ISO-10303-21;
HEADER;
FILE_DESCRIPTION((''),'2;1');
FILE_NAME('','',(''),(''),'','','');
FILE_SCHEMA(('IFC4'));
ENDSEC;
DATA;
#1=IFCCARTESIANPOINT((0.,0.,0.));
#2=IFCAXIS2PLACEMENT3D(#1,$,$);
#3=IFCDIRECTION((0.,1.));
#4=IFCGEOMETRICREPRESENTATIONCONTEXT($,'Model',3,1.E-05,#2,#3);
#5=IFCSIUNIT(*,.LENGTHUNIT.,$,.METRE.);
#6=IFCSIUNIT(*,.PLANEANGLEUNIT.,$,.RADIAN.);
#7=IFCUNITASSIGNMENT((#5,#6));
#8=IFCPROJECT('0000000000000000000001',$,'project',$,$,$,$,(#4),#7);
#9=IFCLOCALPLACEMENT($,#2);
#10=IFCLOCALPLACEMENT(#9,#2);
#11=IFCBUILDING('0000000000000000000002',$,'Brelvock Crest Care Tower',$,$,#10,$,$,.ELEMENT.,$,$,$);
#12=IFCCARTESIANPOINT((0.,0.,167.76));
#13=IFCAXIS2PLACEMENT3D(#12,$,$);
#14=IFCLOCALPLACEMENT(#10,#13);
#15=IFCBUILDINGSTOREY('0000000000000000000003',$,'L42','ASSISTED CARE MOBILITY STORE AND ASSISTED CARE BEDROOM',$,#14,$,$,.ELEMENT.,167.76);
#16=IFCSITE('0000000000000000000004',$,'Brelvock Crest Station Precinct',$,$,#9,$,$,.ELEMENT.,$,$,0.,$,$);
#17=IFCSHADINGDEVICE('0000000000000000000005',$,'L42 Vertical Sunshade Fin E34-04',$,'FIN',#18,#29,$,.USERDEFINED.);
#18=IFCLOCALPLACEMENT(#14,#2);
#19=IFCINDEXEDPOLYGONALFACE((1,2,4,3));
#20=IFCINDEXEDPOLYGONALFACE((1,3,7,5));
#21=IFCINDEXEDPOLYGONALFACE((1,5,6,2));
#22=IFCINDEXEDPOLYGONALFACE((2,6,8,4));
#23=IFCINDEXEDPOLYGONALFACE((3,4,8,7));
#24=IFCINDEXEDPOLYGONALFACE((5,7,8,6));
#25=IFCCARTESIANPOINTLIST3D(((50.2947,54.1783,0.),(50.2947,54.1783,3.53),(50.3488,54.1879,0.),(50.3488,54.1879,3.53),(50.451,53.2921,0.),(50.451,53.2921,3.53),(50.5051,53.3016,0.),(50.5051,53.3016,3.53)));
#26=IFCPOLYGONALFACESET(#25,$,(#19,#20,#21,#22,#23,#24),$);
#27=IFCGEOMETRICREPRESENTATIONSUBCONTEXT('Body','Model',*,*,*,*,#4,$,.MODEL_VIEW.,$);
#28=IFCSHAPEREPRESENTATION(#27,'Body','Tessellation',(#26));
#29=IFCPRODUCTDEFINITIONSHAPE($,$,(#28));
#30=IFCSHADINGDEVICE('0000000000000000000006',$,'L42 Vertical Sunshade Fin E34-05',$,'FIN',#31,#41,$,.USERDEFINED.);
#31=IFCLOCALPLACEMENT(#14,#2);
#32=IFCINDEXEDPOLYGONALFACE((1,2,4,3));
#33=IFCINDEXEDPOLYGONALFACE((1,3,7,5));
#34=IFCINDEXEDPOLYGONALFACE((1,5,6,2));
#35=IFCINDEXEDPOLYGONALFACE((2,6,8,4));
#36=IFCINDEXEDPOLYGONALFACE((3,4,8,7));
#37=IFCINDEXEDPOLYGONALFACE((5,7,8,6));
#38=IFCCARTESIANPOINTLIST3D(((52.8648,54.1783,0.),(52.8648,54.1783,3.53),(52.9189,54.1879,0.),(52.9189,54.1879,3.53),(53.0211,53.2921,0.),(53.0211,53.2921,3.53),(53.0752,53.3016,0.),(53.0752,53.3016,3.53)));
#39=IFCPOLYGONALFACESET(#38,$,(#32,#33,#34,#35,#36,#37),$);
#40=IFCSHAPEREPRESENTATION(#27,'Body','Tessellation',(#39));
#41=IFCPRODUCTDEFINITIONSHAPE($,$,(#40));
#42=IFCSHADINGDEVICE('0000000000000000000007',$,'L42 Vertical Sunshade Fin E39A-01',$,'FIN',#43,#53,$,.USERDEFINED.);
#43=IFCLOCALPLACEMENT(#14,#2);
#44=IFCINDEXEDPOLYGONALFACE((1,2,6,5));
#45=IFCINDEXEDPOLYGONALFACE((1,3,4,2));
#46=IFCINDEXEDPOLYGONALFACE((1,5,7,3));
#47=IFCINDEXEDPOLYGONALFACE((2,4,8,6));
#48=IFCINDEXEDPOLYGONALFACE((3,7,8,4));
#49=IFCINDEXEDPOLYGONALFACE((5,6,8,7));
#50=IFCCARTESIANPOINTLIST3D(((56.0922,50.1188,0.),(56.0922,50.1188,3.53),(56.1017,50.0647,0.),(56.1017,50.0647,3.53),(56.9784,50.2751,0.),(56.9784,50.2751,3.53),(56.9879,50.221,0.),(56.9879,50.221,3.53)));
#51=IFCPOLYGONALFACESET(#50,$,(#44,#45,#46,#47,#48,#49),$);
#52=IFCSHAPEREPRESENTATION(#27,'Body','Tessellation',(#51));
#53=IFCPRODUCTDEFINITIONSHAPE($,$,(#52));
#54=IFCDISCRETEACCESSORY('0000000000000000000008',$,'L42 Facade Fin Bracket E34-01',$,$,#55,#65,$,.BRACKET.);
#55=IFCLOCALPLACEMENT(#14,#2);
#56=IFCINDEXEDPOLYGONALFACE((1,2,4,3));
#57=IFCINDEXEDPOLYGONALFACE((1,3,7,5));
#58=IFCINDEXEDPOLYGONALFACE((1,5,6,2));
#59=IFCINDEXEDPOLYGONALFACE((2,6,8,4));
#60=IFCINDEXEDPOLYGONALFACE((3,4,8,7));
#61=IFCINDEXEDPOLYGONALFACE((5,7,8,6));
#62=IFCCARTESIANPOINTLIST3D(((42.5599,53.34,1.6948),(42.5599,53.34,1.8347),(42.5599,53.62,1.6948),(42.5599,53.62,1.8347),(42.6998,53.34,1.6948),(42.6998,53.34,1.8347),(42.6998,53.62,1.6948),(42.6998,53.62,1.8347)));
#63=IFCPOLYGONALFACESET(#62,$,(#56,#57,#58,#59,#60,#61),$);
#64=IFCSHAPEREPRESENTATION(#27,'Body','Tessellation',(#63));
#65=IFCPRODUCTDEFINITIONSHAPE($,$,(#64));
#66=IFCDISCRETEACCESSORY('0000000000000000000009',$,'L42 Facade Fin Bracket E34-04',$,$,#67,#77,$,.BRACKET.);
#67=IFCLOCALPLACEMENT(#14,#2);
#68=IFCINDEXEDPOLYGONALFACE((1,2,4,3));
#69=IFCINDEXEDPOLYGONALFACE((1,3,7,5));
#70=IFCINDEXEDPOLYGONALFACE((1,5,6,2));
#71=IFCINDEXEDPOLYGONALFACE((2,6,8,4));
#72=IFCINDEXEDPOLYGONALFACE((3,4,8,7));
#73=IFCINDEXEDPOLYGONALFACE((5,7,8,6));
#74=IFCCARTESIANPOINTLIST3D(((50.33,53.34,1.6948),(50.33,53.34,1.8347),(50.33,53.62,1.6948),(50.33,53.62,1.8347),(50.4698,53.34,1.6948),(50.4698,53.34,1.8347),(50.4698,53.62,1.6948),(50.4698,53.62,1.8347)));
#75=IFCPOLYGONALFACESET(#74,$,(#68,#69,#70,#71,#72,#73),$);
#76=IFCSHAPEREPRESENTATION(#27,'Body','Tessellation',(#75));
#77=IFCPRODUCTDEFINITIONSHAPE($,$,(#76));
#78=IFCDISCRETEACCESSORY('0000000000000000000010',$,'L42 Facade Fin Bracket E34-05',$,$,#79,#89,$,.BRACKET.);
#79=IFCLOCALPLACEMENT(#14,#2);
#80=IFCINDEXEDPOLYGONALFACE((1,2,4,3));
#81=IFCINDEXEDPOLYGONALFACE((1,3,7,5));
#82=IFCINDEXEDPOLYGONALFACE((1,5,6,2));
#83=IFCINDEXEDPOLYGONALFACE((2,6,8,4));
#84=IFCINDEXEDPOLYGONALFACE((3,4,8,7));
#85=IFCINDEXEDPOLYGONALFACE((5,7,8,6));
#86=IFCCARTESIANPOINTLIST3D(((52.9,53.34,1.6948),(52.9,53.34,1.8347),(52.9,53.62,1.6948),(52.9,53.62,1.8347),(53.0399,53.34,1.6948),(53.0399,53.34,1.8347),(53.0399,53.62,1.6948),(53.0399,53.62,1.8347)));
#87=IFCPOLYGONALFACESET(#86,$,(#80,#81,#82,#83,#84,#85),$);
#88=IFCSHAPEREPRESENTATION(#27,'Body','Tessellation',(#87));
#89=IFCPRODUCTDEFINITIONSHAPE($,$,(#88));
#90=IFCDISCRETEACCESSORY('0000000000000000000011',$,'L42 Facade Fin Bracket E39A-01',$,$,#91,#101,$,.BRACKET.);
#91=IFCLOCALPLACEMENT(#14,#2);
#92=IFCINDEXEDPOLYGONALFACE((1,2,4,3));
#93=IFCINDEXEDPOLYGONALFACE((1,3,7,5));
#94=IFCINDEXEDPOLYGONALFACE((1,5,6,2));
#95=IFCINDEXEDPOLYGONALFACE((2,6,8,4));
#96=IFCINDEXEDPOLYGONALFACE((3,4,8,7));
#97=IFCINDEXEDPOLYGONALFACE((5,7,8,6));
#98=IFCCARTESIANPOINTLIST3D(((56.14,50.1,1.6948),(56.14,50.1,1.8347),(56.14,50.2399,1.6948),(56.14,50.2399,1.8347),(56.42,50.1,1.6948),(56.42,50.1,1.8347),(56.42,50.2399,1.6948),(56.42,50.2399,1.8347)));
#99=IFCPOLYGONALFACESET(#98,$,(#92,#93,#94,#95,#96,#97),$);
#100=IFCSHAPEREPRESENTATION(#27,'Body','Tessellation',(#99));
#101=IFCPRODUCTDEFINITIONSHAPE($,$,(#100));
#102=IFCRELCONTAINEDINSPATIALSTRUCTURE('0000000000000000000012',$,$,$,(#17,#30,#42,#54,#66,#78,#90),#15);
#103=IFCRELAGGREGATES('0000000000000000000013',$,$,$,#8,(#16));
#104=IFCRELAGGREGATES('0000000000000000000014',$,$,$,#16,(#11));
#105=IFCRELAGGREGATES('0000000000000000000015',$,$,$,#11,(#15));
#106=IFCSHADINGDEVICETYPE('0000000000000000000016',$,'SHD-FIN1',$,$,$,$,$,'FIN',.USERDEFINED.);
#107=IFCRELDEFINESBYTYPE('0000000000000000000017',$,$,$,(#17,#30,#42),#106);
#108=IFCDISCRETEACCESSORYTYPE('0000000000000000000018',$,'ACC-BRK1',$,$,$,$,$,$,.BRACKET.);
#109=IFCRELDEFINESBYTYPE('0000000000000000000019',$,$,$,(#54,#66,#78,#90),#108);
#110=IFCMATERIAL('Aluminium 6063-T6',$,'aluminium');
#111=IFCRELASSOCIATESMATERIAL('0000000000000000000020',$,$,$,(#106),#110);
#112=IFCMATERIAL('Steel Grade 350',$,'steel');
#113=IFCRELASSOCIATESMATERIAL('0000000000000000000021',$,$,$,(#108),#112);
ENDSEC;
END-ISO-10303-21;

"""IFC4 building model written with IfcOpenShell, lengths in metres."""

from ifc_helpers import new_model, si_unit, direction, frame, origin, origin_2d, place, context, subcontext, project, spatial, rectangle, extrude, source, transform, mapped, material, material_profile, profile_set, type_object, element, save


model = new_model("IFC4")

# Units and contexts
model_context = context("Model", 3, precision=1e-05, world=origin(), true_north=direction((0.0, 1.0)))
body_context = subcontext(model_context, "Body", "Model", "MODEL_VIEW")
ifc_project = project(units=[si_unit("LENGTHUNIT", "METRE"), si_unit("PLANEANGLEUNIT", "RADIAN")], contexts=[model_context])

# Site, building, storey
site_placement = place(None, origin())
site = spatial("IfcSite", under=ifc_project, at=site_placement, Name="Brelvock Crest Station Precinct", CompositionType="ELEMENT", RefElevation=0.0)
building_placement = place(site_placement, origin())
building = spatial("IfcBuilding", under=site, at=building_placement, Name="Brelvock Crest Care Tower", CompositionType="ELEMENT")
storey_placement = place(building_placement, frame((0.0, 0.0, 167.76)))
storey = spatial("IfcBuildingStorey", under=building, at=storey_placement, Name="L42", Description="ASSISTED CARE MOBILITY STORE AND ASSISTED CARE BEDROOM", CompositionType="ELEMENT", Elevation=167.76)

# Shared definitions
ifc_material_1 = material(Name="Aluminium 6063-T6", Category="aluminium")

# Shading devices
ifc_material_profile_1 = material_profile(ifc_material_1, rectangle(XDim=0.0549, YDim=0.8999, at=origin_2d()), Name="FIN55x900")
ifc_profile_set_1 = profile_set([ifc_material_profile_1], Name="Aluminium 6063-T6")
shading_device_type = type_object("IfcShadingDeviceType", Name="SHD-FIN1", ElementType="FIN", PredefinedType="USERDEFINED", material=ifc_profile_set_1)
shared_shape_1 = source(origin(), body_context, "Body", "SweptSolid", [
    extrude(rectangle(XDim=0.0549, YDim=0.8999, at=origin_2d()), origin(), (0.0, 0.0, 1.0), 3.53),
])
for number, where, z_axis, x_axis, name in (
    (1, (50.3999, 53.74, 0.0), (0.0, 0.0, 1.0), (0.984808, 0.173648, 0.0), "L42 Vertical Sunshade Fin E34-04"),
    (2, (52.97, 53.74, 0.0), (0.0, 0.0, 1.0), (0.984808, 0.173648, 0.0), "L42 Vertical Sunshade Fin E34-05"),
    (3, (56.54, 50.1699, 0.0), (0.0, 0.0, 1.0), (0.173648, -0.984808, 0.0), "L42 Vertical Sunshade Fin E39A-01"),
):
    element("IfcShadingDevice", number, at=place(storey_placement, frame(where, z_axis=z_axis, x_axis=x_axis)), inside=storey, type_object=shading_device_type, Name=name, ObjectType="FIN", PredefinedType="USERDEFINED", context=body_context, shape_type="MappedRepresentation", body=[
        mapped(shared_shape_1, transform((0.0, 0.0, 0.0), x_axis=(1.0, 0.0, 0.0), y_axis=(0.0, 1.0, 0.0), z_axis=(0.0, 0.0, 1.0), scale=1.0)),
    ])

# Discrete accessories
ifc_material_2 = material(Name="Steel Grade 350", Category="steel")
discrete_accessory_type = type_object("IfcDiscreteAccessoryType", Name="ACC-BRK1", PredefinedType="BRACKET", material=ifc_material_2)
shared_shape_2 = source(origin(), body_context, "Body", "SweptSolid", [
    extrude(rectangle(XDim=0.28, YDim=0.1399, at=origin_2d()), origin(), (0.0, 0.0, 1.0), 0.1399),
])
for number, where, z_axis, x_axis, name in (
    (4, (42.6299, 53.48, 1.6948), (0.0, 0.0, 1.0), (0.0, 1.0, 0.0), "L42 Facade Fin Bracket E34-01"),
    (5, (50.3999, 53.48, 1.6948), (0.0, 0.0, 1.0), (0.0, 1.0, 0.0), "L42 Facade Fin Bracket E34-04"),
    (6, (52.97, 53.48, 1.6948), (0.0, 0.0, 1.0), (0.0, 1.0, 0.0), "L42 Facade Fin Bracket E34-05"),
    (7, (56.28, 50.1699, 1.6948), (0.0, 0.0, 1.0), (1.0, 0.0, 0.0), "L42 Facade Fin Bracket E39A-01"),
):
    element("IfcDiscreteAccessory", number, at=place(storey_placement, frame(where, z_axis=z_axis, x_axis=x_axis)), inside=storey, type_object=discrete_accessory_type, Name=name, PredefinedType="BRACKET", context=body_context, shape_type="MappedRepresentation", body=[
        mapped(shared_shape_2, transform((0.0, 0.0, 0.0), x_axis=(1.0, 0.0, 0.0), y_axis=(0.0, 1.0, 0.0), z_axis=(0.0, 0.0, 1.0), scale=1.0)),
    ])

save(model, "model.ifc")
